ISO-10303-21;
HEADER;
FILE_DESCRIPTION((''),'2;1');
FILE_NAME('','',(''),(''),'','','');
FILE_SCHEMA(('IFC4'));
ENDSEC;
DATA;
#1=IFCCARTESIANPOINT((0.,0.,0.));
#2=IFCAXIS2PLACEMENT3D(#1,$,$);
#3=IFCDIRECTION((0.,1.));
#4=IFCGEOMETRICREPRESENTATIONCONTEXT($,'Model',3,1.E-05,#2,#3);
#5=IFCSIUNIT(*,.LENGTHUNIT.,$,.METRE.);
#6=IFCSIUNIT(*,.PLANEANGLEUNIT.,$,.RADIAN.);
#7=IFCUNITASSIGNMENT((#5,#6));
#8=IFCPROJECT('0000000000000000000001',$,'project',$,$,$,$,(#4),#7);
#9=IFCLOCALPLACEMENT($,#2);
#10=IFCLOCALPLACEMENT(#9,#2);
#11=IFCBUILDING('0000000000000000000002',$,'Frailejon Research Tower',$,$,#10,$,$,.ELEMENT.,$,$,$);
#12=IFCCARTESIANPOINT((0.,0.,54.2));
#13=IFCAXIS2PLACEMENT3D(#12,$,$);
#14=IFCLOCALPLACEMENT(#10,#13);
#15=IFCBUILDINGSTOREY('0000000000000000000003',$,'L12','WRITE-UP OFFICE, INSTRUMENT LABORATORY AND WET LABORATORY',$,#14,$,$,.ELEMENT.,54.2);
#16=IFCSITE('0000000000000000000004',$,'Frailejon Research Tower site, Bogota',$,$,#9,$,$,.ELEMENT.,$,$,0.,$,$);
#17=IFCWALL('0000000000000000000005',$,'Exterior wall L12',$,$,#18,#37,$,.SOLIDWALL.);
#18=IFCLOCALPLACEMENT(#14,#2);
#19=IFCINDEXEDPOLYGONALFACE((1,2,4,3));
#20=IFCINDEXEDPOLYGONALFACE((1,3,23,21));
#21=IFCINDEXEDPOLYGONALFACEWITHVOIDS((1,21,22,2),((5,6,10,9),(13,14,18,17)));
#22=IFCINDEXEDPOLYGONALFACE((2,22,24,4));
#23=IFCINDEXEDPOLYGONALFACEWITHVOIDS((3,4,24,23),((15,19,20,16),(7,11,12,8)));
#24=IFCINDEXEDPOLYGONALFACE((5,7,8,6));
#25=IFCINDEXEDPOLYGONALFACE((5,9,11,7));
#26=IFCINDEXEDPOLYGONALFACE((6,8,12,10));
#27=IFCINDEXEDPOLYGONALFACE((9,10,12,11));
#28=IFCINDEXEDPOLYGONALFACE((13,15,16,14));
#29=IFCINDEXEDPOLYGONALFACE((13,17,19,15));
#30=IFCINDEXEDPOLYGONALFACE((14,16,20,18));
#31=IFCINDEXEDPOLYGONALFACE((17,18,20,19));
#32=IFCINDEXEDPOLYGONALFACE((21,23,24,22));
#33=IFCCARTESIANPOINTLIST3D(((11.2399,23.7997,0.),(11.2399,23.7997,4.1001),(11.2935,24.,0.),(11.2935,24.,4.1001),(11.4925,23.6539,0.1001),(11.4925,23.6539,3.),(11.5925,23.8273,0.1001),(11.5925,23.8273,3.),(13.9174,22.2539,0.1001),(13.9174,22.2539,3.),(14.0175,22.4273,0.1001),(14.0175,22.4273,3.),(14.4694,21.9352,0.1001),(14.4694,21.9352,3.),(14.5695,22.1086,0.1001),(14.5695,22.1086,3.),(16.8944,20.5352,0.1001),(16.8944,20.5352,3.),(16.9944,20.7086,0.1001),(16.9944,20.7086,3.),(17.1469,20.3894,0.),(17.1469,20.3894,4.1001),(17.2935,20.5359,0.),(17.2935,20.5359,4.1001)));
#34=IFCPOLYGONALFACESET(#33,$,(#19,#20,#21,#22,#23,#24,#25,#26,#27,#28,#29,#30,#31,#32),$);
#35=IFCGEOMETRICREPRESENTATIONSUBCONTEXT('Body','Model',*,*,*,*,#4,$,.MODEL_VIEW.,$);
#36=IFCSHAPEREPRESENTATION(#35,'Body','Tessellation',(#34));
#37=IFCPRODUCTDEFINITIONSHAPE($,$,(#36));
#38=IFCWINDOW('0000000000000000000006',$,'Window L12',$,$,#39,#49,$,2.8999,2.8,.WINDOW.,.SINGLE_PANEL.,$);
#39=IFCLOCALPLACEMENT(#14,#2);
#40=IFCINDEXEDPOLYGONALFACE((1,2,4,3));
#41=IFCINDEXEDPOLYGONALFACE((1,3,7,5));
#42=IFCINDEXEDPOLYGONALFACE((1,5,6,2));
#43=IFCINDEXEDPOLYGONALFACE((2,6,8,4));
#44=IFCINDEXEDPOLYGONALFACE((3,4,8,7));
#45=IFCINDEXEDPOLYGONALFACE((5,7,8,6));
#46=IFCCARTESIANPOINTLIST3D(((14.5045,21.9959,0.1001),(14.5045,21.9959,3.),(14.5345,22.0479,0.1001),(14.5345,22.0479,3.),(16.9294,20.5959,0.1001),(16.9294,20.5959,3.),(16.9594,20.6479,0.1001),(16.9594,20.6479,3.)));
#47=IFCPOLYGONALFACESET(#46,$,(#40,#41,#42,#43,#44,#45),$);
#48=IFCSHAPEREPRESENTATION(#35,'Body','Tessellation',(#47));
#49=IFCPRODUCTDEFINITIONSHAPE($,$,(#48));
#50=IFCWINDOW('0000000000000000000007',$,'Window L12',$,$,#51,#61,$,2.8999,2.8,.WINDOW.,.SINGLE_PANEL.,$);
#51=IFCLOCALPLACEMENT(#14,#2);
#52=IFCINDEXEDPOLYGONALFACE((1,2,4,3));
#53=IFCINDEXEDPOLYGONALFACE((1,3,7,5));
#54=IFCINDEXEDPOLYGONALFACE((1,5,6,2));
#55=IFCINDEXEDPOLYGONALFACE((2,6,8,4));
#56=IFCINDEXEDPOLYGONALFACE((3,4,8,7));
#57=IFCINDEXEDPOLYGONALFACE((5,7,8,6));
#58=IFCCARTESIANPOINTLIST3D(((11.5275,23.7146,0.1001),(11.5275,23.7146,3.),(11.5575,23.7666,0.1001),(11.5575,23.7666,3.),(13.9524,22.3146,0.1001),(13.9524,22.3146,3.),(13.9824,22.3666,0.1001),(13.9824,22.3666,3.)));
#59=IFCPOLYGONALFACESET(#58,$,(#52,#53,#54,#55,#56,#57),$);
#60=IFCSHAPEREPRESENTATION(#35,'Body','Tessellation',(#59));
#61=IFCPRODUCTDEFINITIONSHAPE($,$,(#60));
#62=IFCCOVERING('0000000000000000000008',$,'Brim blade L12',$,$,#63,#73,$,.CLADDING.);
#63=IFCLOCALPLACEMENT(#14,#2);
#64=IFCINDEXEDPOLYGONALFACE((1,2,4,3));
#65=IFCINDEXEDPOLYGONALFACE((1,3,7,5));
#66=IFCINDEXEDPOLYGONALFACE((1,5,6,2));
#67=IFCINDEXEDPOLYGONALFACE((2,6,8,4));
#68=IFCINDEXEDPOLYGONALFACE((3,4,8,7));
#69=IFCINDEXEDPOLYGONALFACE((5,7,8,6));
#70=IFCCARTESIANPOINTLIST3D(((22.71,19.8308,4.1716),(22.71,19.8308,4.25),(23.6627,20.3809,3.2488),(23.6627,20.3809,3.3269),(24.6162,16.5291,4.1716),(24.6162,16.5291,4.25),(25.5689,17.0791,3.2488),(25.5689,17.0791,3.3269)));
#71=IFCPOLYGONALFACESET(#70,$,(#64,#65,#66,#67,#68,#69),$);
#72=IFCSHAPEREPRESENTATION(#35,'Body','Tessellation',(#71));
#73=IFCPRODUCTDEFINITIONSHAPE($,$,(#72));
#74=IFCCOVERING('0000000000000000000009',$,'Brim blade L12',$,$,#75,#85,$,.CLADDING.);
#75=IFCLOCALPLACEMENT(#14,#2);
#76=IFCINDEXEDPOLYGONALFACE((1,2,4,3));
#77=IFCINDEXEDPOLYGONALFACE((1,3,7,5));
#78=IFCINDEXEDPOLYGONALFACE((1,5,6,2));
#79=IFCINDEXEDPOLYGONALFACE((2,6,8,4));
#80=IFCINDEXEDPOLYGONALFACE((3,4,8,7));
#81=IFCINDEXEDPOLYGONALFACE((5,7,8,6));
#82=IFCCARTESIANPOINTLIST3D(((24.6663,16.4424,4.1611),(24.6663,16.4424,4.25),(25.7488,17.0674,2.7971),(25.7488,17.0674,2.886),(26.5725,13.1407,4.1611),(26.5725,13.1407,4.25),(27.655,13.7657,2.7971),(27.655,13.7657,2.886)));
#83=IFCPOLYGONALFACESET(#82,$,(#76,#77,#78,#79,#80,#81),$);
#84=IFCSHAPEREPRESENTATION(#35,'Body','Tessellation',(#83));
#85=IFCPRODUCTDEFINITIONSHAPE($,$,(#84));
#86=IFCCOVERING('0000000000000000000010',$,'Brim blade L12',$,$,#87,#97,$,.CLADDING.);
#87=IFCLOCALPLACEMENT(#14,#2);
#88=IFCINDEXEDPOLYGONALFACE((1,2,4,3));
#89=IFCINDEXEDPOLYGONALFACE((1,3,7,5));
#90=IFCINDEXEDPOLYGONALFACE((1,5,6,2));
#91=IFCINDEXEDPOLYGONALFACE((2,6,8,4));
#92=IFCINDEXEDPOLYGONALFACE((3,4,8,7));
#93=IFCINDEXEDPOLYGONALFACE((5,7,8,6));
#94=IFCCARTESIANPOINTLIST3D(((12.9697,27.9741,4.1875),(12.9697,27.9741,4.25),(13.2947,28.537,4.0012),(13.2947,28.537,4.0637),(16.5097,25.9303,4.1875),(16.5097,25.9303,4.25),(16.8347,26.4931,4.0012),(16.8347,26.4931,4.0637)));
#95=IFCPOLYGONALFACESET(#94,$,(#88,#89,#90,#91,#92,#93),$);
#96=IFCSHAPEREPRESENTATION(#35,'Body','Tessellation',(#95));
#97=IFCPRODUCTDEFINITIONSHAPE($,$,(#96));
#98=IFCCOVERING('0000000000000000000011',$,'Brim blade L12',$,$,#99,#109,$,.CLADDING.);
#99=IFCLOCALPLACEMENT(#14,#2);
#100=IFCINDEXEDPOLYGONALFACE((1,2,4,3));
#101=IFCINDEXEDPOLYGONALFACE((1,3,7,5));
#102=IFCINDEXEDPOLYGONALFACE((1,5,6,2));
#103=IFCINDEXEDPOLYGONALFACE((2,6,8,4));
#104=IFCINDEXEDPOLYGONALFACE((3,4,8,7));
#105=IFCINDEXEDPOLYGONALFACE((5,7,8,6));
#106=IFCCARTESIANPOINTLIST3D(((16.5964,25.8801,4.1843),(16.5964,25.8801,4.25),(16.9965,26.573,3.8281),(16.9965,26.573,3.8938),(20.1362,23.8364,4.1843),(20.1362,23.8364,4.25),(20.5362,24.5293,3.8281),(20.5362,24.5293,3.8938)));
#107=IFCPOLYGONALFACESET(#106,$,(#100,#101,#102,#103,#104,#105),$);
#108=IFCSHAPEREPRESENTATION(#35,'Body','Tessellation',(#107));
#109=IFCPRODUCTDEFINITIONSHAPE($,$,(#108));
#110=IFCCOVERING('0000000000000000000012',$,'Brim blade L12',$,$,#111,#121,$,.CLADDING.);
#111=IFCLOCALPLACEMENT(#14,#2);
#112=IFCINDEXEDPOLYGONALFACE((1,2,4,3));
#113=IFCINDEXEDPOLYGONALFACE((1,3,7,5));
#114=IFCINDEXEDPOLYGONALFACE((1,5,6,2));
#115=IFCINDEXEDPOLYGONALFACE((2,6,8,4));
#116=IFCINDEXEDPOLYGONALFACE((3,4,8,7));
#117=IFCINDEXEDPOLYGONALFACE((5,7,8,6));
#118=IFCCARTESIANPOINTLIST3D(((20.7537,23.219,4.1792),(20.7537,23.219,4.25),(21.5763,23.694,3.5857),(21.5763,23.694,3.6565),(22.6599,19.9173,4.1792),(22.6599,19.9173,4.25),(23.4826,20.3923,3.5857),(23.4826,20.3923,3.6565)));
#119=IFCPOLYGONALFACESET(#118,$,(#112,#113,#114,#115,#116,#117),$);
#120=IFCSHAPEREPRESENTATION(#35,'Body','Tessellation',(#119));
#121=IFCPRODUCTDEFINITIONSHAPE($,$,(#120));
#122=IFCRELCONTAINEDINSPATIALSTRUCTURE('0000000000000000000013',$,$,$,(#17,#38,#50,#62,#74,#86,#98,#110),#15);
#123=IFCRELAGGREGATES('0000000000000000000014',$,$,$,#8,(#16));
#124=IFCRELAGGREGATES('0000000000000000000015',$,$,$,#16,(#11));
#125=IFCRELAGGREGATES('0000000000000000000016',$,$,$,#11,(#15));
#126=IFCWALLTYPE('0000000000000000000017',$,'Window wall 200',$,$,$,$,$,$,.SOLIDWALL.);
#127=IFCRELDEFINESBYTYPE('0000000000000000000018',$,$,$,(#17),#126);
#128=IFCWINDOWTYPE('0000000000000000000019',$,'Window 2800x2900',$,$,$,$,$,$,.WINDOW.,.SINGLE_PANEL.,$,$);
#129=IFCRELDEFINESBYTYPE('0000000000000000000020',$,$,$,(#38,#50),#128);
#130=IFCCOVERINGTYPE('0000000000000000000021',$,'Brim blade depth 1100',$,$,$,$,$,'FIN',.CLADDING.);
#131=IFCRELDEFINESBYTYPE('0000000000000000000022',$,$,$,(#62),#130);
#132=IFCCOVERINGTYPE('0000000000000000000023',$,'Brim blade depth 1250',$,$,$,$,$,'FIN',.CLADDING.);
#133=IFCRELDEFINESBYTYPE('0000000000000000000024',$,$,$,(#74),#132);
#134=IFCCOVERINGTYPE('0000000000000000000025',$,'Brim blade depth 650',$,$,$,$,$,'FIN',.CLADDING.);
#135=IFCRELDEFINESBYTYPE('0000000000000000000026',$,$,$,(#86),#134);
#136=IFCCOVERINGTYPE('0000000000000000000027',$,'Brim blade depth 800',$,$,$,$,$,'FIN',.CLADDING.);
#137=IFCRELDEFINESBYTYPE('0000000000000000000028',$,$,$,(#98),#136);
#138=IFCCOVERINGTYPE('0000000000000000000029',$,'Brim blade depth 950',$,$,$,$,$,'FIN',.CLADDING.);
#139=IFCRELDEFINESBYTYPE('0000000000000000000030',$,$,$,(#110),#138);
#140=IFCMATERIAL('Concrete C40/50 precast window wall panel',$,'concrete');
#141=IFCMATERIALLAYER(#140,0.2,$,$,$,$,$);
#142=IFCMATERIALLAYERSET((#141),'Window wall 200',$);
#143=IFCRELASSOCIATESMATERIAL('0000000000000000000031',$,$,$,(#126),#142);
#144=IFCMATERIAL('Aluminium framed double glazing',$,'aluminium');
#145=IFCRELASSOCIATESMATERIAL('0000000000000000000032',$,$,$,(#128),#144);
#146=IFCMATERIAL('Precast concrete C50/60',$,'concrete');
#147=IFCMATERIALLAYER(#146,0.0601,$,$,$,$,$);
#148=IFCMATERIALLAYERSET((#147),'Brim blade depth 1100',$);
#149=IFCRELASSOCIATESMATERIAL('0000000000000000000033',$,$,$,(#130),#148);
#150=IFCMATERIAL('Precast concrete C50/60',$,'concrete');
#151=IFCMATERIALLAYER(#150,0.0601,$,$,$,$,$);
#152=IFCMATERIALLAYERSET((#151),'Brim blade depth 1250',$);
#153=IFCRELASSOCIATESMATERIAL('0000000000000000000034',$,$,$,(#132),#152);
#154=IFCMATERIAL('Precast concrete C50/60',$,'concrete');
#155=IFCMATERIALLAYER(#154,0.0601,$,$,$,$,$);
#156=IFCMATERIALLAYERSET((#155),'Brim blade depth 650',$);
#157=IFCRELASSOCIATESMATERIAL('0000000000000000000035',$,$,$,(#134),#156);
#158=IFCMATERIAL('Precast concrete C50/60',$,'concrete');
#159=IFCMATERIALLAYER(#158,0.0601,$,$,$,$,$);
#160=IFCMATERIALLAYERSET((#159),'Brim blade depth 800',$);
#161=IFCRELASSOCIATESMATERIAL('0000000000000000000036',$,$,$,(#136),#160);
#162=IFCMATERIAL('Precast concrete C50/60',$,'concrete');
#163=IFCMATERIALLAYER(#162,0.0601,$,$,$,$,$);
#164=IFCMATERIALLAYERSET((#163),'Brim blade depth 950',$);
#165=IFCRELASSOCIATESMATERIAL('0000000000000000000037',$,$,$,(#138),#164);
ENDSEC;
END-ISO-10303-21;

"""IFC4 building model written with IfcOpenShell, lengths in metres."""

from ifc_helpers import new_model, si_unit, direction, frame, frame_2d, origin, place, context, subcontext, project, spatial, polyline, rectangle, outline, extrude, material, layer, layer_set, type_object, element, fill, save


model = new_model("IFC4")

# Units and contexts
model_context = context("Model", 3, precision=1e-05, world=origin(), true_north=direction((0.0, 1.0)))
body_context = subcontext(model_context, "Body", "Model", "MODEL_VIEW")
ifc_project = project(units=[si_unit("LENGTHUNIT", "METRE"), si_unit("PLANEANGLEUNIT", "RADIAN")], contexts=[model_context])

# Site, building, storey
site_placement = place(None, origin())
site = spatial("IfcSite", under=ifc_project, at=site_placement, Name="Frailejon Research Tower site, Bogota", CompositionType="ELEMENT", RefElevation=0.0)
building_placement = place(site_placement, origin())
building = spatial("IfcBuilding", under=site, at=building_placement, Name="Frailejon Research Tower", CompositionType="ELEMENT")
storey_placement = place(building_placement, frame((0.0, 0.0, 54.2)))
storey = spatial("IfcBuildingStorey", under=building, at=storey_placement, Name="L12", Description="WRITE-UP OFFICE, INSTRUMENT LABORATORY AND WET LABORATORY", CompositionType="ELEMENT", Elevation=54.2)

# Wall, openings, windows
ifc_material_1 = material(Name="Concrete C40/50 precast window wall panel", Category="concrete")
ifc_layer_1 = layer(ifc_material_1, 0.2)
ifc_layer_set_1 = layer_set([ifc_layer_1], Name="Window wall 200")
wall_type_1 = type_object("IfcWallType", Name="Window wall 200", PredefinedType="SOLIDWALL", material=ifc_layer_set_1)
wall_1_placement = place(storey_placement, frame((17.2202, 20.4626, 0.0), z_axis=(0.0, 0.0, 1.0), x_axis=(-0.866029, 0.499993, 0.0)))
wall_1 = element("IfcWall", 1, at=wall_1_placement, inside=storey, type_object=wall_type_1, Name="Exterior wall L12", PredefinedType="SOLIDWALL", context=body_context, shape_type="SweptSolid", body=[
    extrude(outline(polyline([(-0.0269, -0.1001), (1.1279, -0.1001), (2.2825, -0.1001), (3.4373, -0.1001), (4.592, -0.1001), (5.7466, -0.1001), (6.9014, -0.1001), (6.8477, 0.1001), (5.7109, 0.1001), (4.574, 0.1001), (3.4373, 0.1001), (2.3005, 0.1001), (1.1636, 0.1001), (0.0269, 0.1001), (-0.0269, -0.1001)])), origin(), (0.0, 0.0, 1.0), 4.1001),
])
opening_1_placement = place(wall_1_placement, frame((0.3186, 0.0, 0.1001)))
opening_1 = element("IfcOpeningElement", 2, at=opening_1_placement, cuts=wall_1, PredefinedType="OPENING", context=body_context, shape_type="SweptSolid", body=[
    extrude(rectangle(XDim=2.8, YDim=2.8999, at=frame_2d((1.3999, 1.45))), frame((0.0, 0.1099, 0.0), z_axis=(0.0, -1.0, 0.0), x_axis=(1.0, 0.0, 0.0)), (0.0, 0.0, 1.0), 0.22),
])
opening_2_placement = place(wall_1_placement, frame((3.7561, 0.0, 0.1001)))
opening_2 = element("IfcOpeningElement", 3, at=opening_2_placement, cuts=wall_1, PredefinedType="OPENING", context=body_context, shape_type="SweptSolid", body=[
    extrude(rectangle(XDim=2.8, YDim=2.8999, at=frame_2d((1.3999, 1.45))), frame((0.0, 0.1099, 0.0), z_axis=(0.0, -1.0, 0.0), x_axis=(1.0, 0.0, 0.0)), (0.0, 0.0, 1.0), 0.22),
])
ifc_material_2 = material(Name="Aluminium framed double glazing", Category="aluminium")
window_type = type_object("IfcWindowType", Name="Window 2800x2900", PartitioningType="SINGLE_PANEL", PredefinedType="WINDOW", material=ifc_material_2)
window_1_placement = place(opening_1_placement, origin())
window_1 = element("IfcWindow", 4, at=window_1_placement, inside=storey, type_object=window_type, Name="Window L12", OverallHeight=2.8999, OverallWidth=2.8, PartitioningType="SINGLE_PANEL", PredefinedType="WINDOW", context=body_context, shape_type="SweptSolid", body=[
    extrude(rectangle(XDim=2.8, YDim=2.8999, at=frame_2d((1.3999, 1.45))), frame((0.0, 0.03, 0.0), z_axis=(0.0, -1.0, 0.0), x_axis=(1.0, 0.0, 0.0)), (0.0, 0.0, 1.0), 0.0601),
])
fill(opening_1, window_1)
window_2_placement = place(opening_2_placement, origin())
window_2 = element("IfcWindow", 5, at=window_2_placement, inside=storey, type_object=window_type, Name="Window L12", OverallHeight=2.8999, OverallWidth=2.8, PartitioningType="SINGLE_PANEL", PredefinedType="WINDOW", context=body_context, shape_type="SweptSolid", body=[
    extrude(rectangle(XDim=2.8, YDim=2.8999, at=frame_2d((1.3999, 1.45))), frame((0.0, 0.03, 0.0), z_axis=(0.0, -1.0, 0.0), x_axis=(1.0, 0.0, 0.0)), (0.0, 0.0, 1.0), 0.0601),
])
fill(opening_2, window_2)

# Coverings
ifc_material_3 = material(Name="Precast concrete C50/60", Category="concrete")
ifc_layer_2 = layer(ifc_material_3, 0.0601)
ifc_layer_set_2 = layer_set([ifc_layer_2], Name="Brim blade depth 1100")
covering_type_1 = type_object("IfcCoveringType", Name="Brim blade depth 1100", ElementType="FIN", PredefinedType="CLADDING", material=ifc_layer_set_2)
covering_1_placement = place(storey_placement, frame((22.71, 19.8308, 4.25), z_axis=(0.500001, -0.866025, 0.0), x_axis=(0.866025, 0.500001, 0.0)))
element("IfcCovering", 6, at=covering_1_placement, inside=storey, type_object=covering_type_1, Name="Brim blade L12", PredefinedType="CLADDING", context=body_context, shape_type="SweptSolid", body=[
    extrude(outline(polyline([(0.0, -0.0784), (1.1001, -1.0012), (1.1001, -0.9231), (0.0, 0.0), (0.0, -0.0784)])), origin(), (0.0, 0.0, 1.0), 3.8125),
])
ifc_material_4 = material(Name="Precast concrete C50/60", Category="concrete")
ifc_layer_3 = layer(ifc_material_4, 0.0601)
ifc_layer_set_3 = layer_set([ifc_layer_3], Name="Brim blade depth 1250")
covering_type_2 = type_object("IfcCoveringType", Name="Brim blade depth 1250", ElementType="FIN", PredefinedType="CLADDING", material=ifc_layer_set_3)
covering_2_placement = place(storey_placement, frame((24.6663, 16.4424, 4.25), z_axis=(0.500001, -0.866025, 0.0), x_axis=(0.866025, 0.500001, 0.0)))
element("IfcCovering", 7, at=covering_2_placement, inside=storey, type_object=covering_type_2, Name="Brim blade L12", PredefinedType="CLADDING", context=body_context, shape_type="SweptSolid", body=[
    extrude(outline(polyline([(0.0, -0.0889), (1.25, -1.4529), (1.25, -1.364), (0.0, 0.0), (0.0, -0.0889)])), origin(), (0.0, 0.0, 1.0), 3.8125),
])
ifc_material_5 = material(Name="Precast concrete C50/60", Category="concrete")
ifc_layer_4 = layer(ifc_material_5, 0.0601)
ifc_layer_set_4 = layer_set([ifc_layer_4], Name="Brim blade depth 650")
covering_type_3 = type_object("IfcCoveringType", Name="Brim blade depth 650", ElementType="FIN", PredefinedType="CLADDING", material=ifc_layer_set_4)
covering_3_placement = place(storey_placement, frame((12.9697, 27.9741, 4.25), z_axis=(0.866027, -0.499997, 0.0), x_axis=(0.499997, 0.866027, 0.0)))
element("IfcCovering", 8, at=covering_3_placement, inside=storey, type_object=covering_type_3, Name="Brim blade L12", PredefinedType="CLADDING", context=body_context, shape_type="SweptSolid", body=[
    extrude(outline(polyline([(0.0, -0.0625), (0.6499, -0.2488), (0.6499, -0.1863), (0.0, 0.0), (0.0, -0.0625)])), origin(), (0.0, 0.0, 1.0), 4.0876),
])
ifc_material_6 = material(Name="Precast concrete C50/60", Category="concrete")
ifc_layer_5 = layer(ifc_material_6, 0.0601)
ifc_layer_set_5 = layer_set([ifc_layer_5], Name="Brim blade depth 800")
covering_type_4 = type_object("IfcCoveringType", Name="Brim blade depth 800", ElementType="FIN", PredefinedType="CLADDING", material=ifc_layer_set_5)
covering_4_placement = place(storey_placement, frame((16.5964, 25.8801, 4.25), z_axis=(0.866021, -0.500007, 0.0), x_axis=(0.500007, 0.866021, 0.0)))
element("IfcCovering", 9, at=covering_4_placement, inside=storey, type_object=covering_type_4, Name="Brim blade L12", PredefinedType="CLADDING", context=body_context, shape_type="SweptSolid", body=[
    extrude(outline(polyline([(0.0, -0.0657), (0.8, -0.4219), (0.8, -0.3562), (0.0, 0.0), (0.0, -0.0657)])), origin(), (0.0, 0.0, 1.0), 4.0874),
])
ifc_material_7 = material(Name="Precast concrete C50/60", Category="concrete")
ifc_layer_6 = layer(ifc_material_7, 0.0601)
ifc_layer_set_6 = layer_set([ifc_layer_6], Name="Brim blade depth 950")
covering_type_5 = type_object("IfcCoveringType", Name="Brim blade depth 950", ElementType="FIN", PredefinedType="CLADDING", material=ifc_layer_set_6)
covering_5_placement = place(storey_placement, frame((20.7537, 23.219, 4.25), z_axis=(0.500001, -0.866025, 0.0), x_axis=(0.866025, 0.500001, 0.0)))
element("IfcCovering", 10, at=covering_5_placement, inside=storey, type_object=covering_type_5, Name="Brim blade L12", PredefinedType="CLADDING", context=body_context, shape_type="SweptSolid", body=[
    extrude(outline(polyline([(0.0, -0.0708), (0.95, -0.6643), (0.95, -0.5935), (0.0, 0.0), (0.0, -0.0708)])), origin(), (0.0, 0.0, 1.0), 3.8125),
])

save(model, "model.ifc")
